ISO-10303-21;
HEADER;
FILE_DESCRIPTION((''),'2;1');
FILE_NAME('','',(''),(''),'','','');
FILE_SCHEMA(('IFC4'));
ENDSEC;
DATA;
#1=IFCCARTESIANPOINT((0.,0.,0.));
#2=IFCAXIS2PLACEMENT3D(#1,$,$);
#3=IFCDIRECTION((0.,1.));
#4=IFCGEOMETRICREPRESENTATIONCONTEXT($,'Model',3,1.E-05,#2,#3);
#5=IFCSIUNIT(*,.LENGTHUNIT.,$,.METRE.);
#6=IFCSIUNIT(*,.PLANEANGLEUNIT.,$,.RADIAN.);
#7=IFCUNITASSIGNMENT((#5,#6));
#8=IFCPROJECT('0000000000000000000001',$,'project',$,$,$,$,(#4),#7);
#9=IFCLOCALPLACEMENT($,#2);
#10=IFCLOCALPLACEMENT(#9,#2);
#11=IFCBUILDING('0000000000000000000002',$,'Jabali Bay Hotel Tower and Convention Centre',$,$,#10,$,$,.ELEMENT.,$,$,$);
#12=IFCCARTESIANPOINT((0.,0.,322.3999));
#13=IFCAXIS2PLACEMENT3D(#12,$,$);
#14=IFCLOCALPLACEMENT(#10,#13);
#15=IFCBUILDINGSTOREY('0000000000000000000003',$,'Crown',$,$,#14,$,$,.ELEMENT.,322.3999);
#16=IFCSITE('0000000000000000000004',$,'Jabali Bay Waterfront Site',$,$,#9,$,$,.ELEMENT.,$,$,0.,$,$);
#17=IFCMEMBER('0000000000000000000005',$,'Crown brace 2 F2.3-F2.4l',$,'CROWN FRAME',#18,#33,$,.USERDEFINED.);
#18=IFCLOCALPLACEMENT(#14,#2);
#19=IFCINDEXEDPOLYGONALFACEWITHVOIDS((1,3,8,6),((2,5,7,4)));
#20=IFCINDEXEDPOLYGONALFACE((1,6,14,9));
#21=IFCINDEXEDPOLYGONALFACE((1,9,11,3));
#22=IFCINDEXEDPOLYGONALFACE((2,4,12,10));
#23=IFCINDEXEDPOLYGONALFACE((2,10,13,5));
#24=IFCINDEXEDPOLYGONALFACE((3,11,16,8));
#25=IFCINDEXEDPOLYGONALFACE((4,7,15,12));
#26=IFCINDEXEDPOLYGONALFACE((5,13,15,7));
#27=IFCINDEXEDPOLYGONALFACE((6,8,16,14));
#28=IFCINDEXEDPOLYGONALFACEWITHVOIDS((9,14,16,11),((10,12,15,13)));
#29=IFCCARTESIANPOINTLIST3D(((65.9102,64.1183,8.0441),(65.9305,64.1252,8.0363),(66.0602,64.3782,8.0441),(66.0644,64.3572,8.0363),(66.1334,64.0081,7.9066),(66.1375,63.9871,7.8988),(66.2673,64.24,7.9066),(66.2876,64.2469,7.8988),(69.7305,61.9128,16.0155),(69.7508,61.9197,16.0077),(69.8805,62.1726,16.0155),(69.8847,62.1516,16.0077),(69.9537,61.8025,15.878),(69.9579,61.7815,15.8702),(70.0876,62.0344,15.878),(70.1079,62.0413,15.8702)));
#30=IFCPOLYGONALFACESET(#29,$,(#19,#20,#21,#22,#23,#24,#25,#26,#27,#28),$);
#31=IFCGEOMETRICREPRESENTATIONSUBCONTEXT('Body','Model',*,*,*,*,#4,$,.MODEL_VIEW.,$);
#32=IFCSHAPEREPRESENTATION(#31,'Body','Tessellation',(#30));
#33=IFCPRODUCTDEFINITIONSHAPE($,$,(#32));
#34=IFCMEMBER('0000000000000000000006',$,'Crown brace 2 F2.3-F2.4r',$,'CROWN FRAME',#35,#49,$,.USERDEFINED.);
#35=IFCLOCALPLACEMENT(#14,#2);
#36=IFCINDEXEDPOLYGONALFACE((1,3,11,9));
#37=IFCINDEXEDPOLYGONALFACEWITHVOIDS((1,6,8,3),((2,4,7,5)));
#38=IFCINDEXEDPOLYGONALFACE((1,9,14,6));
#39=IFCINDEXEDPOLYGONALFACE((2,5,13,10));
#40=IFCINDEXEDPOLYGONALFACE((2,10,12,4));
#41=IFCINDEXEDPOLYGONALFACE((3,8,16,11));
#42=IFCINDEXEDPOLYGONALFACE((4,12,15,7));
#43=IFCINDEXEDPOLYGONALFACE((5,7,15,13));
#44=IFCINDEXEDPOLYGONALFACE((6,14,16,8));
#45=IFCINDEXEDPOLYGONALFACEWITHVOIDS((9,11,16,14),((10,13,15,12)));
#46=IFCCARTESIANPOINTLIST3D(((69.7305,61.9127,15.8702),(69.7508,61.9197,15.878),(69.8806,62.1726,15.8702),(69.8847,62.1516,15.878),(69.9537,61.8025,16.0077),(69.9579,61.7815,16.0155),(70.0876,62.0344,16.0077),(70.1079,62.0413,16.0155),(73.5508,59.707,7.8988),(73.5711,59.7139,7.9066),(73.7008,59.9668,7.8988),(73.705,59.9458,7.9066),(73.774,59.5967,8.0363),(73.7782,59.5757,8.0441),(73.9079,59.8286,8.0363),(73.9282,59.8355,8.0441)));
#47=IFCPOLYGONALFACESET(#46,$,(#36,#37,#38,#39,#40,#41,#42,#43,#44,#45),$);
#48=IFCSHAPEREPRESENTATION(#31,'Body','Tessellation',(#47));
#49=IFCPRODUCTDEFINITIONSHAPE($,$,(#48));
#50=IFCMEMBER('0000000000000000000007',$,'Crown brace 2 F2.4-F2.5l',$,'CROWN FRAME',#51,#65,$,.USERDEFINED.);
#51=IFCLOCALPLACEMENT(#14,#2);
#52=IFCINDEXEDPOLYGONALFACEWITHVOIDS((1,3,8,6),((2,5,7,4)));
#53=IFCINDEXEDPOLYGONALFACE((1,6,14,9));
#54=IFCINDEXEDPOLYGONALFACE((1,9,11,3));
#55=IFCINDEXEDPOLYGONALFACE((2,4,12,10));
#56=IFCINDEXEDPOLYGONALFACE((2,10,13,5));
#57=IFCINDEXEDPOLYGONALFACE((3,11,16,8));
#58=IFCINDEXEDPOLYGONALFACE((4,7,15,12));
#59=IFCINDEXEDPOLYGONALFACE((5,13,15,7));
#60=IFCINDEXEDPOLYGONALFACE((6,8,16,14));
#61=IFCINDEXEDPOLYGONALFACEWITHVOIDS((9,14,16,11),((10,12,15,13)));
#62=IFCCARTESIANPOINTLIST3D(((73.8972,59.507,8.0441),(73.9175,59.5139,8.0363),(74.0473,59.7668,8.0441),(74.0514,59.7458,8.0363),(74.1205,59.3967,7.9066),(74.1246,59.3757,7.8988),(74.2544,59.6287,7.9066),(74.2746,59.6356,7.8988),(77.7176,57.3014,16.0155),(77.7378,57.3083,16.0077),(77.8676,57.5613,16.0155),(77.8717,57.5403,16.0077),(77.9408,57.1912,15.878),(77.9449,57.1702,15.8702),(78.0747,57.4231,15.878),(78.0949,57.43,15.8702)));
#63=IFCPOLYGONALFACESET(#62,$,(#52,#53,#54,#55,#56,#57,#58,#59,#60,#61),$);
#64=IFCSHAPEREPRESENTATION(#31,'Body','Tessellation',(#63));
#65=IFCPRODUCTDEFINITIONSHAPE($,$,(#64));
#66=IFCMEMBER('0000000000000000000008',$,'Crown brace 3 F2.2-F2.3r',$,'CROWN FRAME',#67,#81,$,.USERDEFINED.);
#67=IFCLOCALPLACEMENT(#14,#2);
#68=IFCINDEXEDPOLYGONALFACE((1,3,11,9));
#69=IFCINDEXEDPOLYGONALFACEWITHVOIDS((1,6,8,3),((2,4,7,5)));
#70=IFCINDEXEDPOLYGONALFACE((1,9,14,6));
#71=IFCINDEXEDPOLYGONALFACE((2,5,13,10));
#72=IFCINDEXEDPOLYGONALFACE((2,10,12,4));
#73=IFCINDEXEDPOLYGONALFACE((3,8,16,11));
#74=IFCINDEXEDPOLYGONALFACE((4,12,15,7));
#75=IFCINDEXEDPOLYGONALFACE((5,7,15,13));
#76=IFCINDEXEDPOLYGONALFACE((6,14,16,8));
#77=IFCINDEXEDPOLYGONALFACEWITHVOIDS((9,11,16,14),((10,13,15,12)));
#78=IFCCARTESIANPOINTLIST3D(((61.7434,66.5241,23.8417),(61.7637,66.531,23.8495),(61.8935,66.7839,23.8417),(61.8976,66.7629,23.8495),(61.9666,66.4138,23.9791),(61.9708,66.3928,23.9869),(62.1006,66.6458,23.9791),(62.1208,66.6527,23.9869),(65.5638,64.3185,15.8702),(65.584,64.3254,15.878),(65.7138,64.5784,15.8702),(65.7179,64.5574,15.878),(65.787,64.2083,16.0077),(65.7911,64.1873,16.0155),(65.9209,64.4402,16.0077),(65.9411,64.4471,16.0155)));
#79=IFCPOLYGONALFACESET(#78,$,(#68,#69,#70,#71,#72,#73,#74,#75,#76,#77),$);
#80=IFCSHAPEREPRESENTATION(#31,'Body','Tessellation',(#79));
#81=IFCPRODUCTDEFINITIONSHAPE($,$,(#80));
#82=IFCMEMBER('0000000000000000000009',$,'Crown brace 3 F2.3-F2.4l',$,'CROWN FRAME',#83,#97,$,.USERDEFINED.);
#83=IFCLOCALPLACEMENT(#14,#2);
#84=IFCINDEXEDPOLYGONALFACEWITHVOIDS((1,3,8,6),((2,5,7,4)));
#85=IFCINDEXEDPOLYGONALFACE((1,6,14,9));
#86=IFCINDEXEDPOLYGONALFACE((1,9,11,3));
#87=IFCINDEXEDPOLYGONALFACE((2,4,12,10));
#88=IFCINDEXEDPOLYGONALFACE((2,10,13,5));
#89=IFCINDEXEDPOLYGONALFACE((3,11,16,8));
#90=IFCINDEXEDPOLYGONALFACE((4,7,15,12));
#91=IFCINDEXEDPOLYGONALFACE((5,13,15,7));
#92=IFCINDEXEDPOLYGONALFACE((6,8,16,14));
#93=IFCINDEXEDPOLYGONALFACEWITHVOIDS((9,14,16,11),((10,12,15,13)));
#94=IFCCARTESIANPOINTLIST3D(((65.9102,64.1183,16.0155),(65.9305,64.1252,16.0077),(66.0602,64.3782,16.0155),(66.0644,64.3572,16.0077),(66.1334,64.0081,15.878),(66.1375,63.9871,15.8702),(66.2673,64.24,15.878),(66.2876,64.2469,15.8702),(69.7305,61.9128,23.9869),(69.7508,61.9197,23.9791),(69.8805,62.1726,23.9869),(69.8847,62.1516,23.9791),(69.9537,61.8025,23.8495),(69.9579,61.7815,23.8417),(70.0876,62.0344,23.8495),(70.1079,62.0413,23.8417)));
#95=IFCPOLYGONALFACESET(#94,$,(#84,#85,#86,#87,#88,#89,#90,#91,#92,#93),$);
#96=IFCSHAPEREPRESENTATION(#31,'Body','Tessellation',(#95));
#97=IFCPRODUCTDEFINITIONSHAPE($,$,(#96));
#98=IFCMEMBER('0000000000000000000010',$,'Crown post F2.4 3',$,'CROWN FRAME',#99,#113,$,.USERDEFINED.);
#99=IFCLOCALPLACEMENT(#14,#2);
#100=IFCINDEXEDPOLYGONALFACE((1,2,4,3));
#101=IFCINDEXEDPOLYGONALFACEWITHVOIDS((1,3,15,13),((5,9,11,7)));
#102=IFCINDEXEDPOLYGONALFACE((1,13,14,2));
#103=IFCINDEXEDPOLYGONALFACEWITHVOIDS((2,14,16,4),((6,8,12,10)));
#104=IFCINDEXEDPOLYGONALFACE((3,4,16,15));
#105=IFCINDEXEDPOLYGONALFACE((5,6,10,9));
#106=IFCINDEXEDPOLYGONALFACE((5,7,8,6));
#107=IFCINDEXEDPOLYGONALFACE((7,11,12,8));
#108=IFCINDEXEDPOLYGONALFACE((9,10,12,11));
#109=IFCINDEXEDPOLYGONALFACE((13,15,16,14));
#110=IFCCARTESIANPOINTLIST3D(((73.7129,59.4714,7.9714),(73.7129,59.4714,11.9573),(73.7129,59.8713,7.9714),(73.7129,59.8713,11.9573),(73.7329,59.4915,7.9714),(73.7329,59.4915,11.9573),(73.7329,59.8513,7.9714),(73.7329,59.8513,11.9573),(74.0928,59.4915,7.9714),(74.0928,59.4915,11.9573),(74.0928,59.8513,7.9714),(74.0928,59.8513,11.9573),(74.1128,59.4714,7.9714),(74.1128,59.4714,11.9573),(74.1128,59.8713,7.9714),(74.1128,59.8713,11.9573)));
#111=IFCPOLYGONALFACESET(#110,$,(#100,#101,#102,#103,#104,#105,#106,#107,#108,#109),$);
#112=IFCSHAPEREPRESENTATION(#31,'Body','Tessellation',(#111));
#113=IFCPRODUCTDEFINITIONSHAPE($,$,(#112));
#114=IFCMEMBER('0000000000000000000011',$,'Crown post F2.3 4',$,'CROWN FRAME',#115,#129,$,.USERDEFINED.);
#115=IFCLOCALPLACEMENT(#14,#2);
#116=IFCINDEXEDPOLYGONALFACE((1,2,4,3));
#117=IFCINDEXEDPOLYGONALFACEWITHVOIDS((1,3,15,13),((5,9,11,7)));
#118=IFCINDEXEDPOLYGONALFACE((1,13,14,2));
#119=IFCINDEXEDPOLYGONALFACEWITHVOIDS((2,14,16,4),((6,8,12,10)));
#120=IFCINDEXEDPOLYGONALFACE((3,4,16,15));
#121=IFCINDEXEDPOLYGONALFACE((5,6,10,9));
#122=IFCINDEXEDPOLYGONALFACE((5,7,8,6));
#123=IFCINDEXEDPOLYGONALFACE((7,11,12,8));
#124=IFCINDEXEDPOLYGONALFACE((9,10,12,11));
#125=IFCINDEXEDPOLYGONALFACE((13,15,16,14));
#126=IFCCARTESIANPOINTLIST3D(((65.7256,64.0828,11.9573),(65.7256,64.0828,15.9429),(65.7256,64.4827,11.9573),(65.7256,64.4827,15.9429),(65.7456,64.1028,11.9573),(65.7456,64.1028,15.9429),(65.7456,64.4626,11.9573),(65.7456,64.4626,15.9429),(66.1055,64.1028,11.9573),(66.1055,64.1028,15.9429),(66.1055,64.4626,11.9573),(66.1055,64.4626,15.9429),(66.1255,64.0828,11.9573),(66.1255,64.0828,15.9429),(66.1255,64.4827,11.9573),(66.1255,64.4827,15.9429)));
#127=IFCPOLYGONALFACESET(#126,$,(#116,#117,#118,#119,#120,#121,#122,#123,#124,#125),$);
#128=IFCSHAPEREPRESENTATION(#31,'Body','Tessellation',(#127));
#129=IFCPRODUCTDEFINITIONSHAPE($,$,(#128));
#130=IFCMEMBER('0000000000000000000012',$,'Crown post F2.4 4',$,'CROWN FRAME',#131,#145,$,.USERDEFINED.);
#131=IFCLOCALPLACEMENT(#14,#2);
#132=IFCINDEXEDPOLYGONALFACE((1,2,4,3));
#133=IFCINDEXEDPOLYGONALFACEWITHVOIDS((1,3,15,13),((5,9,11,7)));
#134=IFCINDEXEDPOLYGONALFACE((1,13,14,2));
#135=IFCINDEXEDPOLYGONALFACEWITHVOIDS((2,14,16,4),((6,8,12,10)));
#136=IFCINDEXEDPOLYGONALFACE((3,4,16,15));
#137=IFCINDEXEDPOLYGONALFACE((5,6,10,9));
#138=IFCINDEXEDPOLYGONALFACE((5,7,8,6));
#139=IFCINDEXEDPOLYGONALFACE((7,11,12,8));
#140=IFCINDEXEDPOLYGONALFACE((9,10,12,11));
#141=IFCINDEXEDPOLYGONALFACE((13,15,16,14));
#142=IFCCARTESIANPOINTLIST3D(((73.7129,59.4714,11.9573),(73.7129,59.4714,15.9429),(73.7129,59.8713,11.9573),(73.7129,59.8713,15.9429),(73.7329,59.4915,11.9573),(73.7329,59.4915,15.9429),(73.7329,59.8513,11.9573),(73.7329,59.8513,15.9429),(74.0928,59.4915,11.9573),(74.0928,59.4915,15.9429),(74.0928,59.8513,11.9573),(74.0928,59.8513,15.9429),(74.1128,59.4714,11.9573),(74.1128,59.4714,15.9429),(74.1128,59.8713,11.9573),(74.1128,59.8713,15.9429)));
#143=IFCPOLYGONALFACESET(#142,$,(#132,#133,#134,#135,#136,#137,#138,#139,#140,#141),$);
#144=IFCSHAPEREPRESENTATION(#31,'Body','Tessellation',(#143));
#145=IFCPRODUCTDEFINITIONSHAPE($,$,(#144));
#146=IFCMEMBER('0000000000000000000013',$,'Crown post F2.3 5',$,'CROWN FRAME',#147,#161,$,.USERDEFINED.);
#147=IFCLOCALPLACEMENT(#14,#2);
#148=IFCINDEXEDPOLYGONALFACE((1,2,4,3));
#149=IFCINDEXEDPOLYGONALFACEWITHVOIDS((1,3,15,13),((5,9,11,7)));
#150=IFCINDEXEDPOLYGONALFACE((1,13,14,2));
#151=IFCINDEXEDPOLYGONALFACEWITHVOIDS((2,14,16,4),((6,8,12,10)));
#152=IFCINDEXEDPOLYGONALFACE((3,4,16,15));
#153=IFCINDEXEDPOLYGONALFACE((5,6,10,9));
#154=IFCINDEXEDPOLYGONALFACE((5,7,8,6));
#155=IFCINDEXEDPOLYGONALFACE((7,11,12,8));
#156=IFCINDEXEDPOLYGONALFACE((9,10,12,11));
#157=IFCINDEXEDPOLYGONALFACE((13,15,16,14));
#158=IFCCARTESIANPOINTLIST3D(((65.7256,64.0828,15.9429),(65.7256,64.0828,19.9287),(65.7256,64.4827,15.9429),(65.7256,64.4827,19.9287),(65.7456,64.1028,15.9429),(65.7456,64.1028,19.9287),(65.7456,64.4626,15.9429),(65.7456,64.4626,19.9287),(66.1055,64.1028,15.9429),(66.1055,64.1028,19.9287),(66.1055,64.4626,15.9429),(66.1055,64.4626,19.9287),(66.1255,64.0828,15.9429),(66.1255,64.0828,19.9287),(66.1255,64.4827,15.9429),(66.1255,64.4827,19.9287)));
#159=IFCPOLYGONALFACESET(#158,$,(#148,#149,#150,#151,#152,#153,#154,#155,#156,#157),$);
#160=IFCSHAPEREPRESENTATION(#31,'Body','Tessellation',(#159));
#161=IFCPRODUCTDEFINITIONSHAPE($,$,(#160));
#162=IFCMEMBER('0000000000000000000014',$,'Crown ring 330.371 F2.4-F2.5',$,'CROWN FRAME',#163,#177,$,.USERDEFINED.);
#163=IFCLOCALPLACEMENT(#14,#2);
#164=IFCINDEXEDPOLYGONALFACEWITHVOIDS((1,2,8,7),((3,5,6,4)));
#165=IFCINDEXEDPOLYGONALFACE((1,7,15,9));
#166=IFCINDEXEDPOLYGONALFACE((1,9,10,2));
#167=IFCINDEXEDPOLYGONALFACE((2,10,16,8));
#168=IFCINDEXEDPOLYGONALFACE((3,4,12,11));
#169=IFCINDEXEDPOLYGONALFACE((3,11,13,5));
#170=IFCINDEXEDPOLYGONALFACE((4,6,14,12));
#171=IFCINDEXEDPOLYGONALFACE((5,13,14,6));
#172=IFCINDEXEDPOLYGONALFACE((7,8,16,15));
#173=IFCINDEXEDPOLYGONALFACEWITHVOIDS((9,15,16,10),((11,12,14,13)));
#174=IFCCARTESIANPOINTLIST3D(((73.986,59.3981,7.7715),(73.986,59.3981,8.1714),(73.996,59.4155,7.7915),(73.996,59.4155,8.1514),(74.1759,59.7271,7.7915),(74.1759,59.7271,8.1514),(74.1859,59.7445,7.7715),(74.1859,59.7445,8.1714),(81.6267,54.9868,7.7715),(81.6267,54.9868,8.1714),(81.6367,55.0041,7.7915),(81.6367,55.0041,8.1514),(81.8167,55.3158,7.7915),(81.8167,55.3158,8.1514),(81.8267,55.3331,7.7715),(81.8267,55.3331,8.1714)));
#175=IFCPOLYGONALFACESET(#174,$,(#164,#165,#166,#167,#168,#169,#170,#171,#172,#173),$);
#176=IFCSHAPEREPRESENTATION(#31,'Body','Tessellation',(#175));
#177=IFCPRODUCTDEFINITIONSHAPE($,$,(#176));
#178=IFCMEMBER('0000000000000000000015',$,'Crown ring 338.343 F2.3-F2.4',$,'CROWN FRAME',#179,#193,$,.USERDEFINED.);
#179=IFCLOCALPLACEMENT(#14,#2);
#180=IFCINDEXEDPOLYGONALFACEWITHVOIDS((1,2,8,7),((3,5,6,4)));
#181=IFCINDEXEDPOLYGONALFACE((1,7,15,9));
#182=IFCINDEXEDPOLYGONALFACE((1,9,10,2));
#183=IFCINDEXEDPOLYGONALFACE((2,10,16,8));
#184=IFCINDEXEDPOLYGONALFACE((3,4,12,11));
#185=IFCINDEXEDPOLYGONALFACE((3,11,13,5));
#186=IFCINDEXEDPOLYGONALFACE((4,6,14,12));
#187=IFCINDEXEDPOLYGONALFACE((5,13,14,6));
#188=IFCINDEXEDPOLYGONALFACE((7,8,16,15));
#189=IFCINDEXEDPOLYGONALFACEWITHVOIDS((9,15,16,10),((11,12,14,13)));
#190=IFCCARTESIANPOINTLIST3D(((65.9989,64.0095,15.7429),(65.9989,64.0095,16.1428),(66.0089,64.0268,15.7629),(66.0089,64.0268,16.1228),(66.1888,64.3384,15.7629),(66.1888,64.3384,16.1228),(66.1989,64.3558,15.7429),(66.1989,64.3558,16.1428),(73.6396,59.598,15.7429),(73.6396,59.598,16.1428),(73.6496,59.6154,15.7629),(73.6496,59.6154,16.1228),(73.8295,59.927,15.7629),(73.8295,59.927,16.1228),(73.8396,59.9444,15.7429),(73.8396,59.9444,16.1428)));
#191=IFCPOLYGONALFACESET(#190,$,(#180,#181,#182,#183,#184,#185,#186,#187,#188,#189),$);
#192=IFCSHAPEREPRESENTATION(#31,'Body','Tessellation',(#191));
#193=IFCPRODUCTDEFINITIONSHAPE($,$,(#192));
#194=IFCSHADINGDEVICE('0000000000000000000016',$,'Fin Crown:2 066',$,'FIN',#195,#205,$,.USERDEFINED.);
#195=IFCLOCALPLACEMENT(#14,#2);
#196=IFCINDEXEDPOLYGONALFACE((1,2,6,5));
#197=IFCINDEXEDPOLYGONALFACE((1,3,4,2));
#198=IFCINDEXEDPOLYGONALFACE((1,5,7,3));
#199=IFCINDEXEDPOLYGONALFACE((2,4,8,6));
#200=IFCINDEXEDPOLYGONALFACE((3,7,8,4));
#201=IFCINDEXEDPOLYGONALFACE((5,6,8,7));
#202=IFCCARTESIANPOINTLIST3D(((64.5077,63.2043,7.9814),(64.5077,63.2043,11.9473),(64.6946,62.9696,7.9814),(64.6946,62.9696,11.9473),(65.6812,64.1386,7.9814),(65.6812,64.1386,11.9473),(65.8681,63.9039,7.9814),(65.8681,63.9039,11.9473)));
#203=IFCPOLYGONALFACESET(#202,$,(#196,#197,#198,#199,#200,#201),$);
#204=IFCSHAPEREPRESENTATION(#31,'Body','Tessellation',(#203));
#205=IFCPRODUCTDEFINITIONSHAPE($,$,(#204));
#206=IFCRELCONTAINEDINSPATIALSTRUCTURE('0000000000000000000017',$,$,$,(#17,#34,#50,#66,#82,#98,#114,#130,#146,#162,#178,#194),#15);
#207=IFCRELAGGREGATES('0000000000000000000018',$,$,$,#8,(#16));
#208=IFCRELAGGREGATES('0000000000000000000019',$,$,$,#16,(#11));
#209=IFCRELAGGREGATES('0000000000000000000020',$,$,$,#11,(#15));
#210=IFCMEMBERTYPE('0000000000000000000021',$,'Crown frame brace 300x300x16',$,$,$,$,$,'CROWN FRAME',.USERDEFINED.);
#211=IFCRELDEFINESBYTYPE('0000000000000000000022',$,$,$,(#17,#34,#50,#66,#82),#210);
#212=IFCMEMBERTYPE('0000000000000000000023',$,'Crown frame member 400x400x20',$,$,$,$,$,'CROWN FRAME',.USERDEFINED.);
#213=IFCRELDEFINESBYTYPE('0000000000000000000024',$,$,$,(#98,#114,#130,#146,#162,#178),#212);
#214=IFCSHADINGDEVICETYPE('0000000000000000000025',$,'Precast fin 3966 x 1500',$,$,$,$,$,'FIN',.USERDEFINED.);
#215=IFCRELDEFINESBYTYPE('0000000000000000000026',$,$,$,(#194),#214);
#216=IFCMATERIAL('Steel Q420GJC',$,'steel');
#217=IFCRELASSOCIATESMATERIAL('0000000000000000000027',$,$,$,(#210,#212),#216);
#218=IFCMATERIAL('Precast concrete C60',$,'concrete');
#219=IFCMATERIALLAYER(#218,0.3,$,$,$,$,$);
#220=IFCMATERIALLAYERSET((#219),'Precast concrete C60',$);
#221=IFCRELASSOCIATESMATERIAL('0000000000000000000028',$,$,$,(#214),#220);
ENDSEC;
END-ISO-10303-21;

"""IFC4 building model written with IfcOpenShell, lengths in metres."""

from ifc_helpers import new_model, si_unit, direction, frame, frame_2d, origin, origin_2d, place, context, subcontext, project, spatial, rectangle, hollow_rectangle, extrude, material, layer, layer_set, material_profile, profile_set, type_object, element, save


model = new_model("IFC4")

# Units and contexts
model_context = context("Model", 3, precision=1e-05, world=origin(), true_north=direction((0.0, 1.0)))
body_context = subcontext(model_context, "Body", "Model", "MODEL_VIEW")
ifc_project = project(units=[si_unit("LENGTHUNIT", "METRE"), si_unit("PLANEANGLEUNIT", "RADIAN")], contexts=[model_context])

# Site, building, storey
site_placement = place(None, origin())
site = spatial("IfcSite", under=ifc_project, at=site_placement, Name="Jabali Bay Waterfront Site", CompositionType="ELEMENT", RefElevation=0.0)
building_placement = place(site_placement, origin())
building = spatial("IfcBuilding", under=site, at=building_placement, Name="Jabali Bay Hotel Tower and Convention Centre", CompositionType="ELEMENT")
storey_placement = place(building_placement, frame((0.0, 0.0, 322.3999)))
storey = spatial("IfcBuildingStorey", under=building, at=storey_placement, Name="Crown", CompositionType="ELEMENT", Elevation=322.3999)

# Members
ifc_material_1 = material(Name="Steel Q420GJC", Category="steel")
ifc_material_profile_1 = material_profile(ifc_material_1, hollow_rectangle(XDim=0.3, YDim=0.3, WallThickness=0.0161, at=origin_2d()), Name="Crown frame brace 300x300x16")
ifc_profile_set_1 = profile_set([ifc_material_profile_1], Name="Steel Q420GJC")
member_type_1 = type_object("IfcMemberType", Name="Crown frame brace 300x300x16", ElementType="CROWN FRAME", PredefinedType="USERDEFINED", material=ifc_profile_set_1)
for number, where, z_axis, x_axis, name in (
    (1, (66.0989, 64.1826, 7.9714), (0.419326, -0.242088, 0.874962), (0.499984, 0.866034, 0.0), "Crown brace 2 F2.3-F2.4l"),
    (2, (73.7395, 59.7712, 7.9714), (-0.419323, 0.242113, 0.874957), (-0.500026, -0.86601, 0.0), "Crown brace 2 F2.3-F2.4r"),
    (3, (74.0859, 59.5713, 7.9714), (0.419326, -0.242088, 0.874962), (0.499984, 0.866034, 0.0), "Crown brace 2 F2.4-F2.5l"),
    (4, (65.7524, 64.3828, 15.9429), (-0.419326, 0.242088, 0.874962), (-0.499984, -0.866034, 0.0), "Crown brace 3 F2.2-F2.3r"),
    (5, (66.0989, 64.1826, 15.9429), (0.419326, -0.242088, 0.874962), (0.499984, 0.866034, 0.0), "Crown brace 3 F2.3-F2.4l"),
):
    element("IfcMember", number, at=place(storey_placement, frame(where, z_axis=z_axis, x_axis=x_axis)), inside=storey, type_object=member_type_1, Name=name, ObjectType="CROWN FRAME", PredefinedType="USERDEFINED", context=body_context, shape_type="SweptSolid", body=[
        extrude(hollow_rectangle(XDim=0.3, YDim=0.3, WallThickness=0.0161, at=origin_2d()), origin(), (0.0, 0.0, 1.0), 9.1106),
    ])
ifc_material_profile_2 = material_profile(ifc_material_1, hollow_rectangle(XDim=0.3999, YDim=0.3999, WallThickness=0.02, at=origin_2d()), Name="Crown frame member 400x400x20")
ifc_profile_set_2 = profile_set([ifc_material_profile_2], Name="Steel Q420GJC")
member_type_2 = type_object("IfcMemberType", Name="Crown frame member 400x400x20", ElementType="CROWN FRAME", PredefinedType="USERDEFINED", material=ifc_profile_set_2)
member_1_placement = place(storey_placement, frame((73.9128, 59.6714, 7.9714), z_axis=(0.0, 0.0, 1.0), x_axis=(1.0, 0.0, 0.0)))
element("IfcMember", 6, at=member_1_placement, inside=storey, type_object=member_type_2, Name="Crown post F2.4 3", ObjectType="CROWN FRAME", PredefinedType="USERDEFINED", context=body_context, shape_type="SweptSolid", body=[
    extrude(hollow_rectangle(XDim=0.3999, YDim=0.3999, WallThickness=0.02, at=origin_2d()), origin(), (0.0, 0.0, 1.0), 3.9858),
])
for number, where, z_axis, x_axis, name in (
    (7, (65.9255, 64.2827, 11.9573), (0.0, 0.0, 1.0), (1.0, 0.0, 0.0), "Crown post F2.3 4"),
    (8, (73.9128, 59.6714, 11.9573), (0.0, 0.0, 1.0), (1.0, 0.0, 0.0), "Crown post F2.4 4"),
):
    element("IfcMember", number, at=place(storey_placement, frame(where, z_axis=z_axis, x_axis=x_axis)), inside=storey, type_object=member_type_2, Name=name, ObjectType="CROWN FRAME", PredefinedType="USERDEFINED", context=body_context, shape_type="SweptSolid", body=[
        extrude(hollow_rectangle(XDim=0.3999, YDim=0.3999, WallThickness=0.02, at=origin_2d()), origin(), (0.0, 0.0, 1.0), 3.9856),
    ])
member_2_placement = place(storey_placement, frame((65.9255, 64.2827, 15.9429), z_axis=(0.0, 0.0, 1.0), x_axis=(1.0, 0.0, 0.0)))
element("IfcMember", 9, at=member_2_placement, inside=storey, type_object=member_type_2, Name="Crown post F2.3 5", ObjectType="CROWN FRAME", PredefinedType="USERDEFINED", context=body_context, shape_type="SweptSolid", body=[
    extrude(hollow_rectangle(XDim=0.3999, YDim=0.3999, WallThickness=0.02, at=origin_2d()), origin(), (0.0, 0.0, 1.0), 3.9858),
])
for number, where, z_axis, x_axis, name in (
    (10, (74.0859, 59.5713, 7.9714), (0.866029, -0.499993, 0.0), (0.499993, 0.866029, 0.0), "Crown ring 330.371 F2.4-F2.5"),
    (11, (66.0989, 64.1826, 15.9429), (0.866022, -0.500005, 0.0), (0.500005, 0.866022, 0.0), "Crown ring 338.343 F2.3-F2.4"),
):
    element("IfcMember", number, at=place(storey_placement, frame(where, z_axis=z_axis, x_axis=x_axis)), inside=storey, type_object=member_type_2, Name=name, ObjectType="CROWN FRAME", PredefinedType="USERDEFINED", context=body_context, shape_type="SweptSolid", body=[
        extrude(hollow_rectangle(XDim=0.3999, YDim=0.3999, WallThickness=0.02, at=origin_2d()), origin(), (0.0, 0.0, 1.0), 8.8228),
    ])

# Shading device
ifc_material_2 = material(Name="Precast concrete C60", Category="concrete")
ifc_layer = layer(ifc_material_2, 0.3)
ifc_layer_set = layer_set([ifc_layer], Name="Precast concrete C60")
shading_device_type = type_object("IfcShadingDeviceType", Name="Precast fin 3966 x 1500", ElementType="FIN", PredefinedType="USERDEFINED", material=ifc_layer_set)
for number, where, z_axis, x_axis, name in (
    (12, (65.7747, 64.0212, 7.9814), (0.0, 0.0, 1.0), (-0.782343, -0.622847, 0.0), "Fin Crown:2 066"),
):
    element("IfcShadingDevice", number, at=place(storey_placement, frame(where, z_axis=z_axis, x_axis=x_axis)), inside=storey, type_object=shading_device_type, Name=name, ObjectType="FIN", PredefinedType="USERDEFINED", context=body_context, shape_type="SweptSolid", body=[
        extrude(rectangle(XDim=1.5, YDim=0.3, at=frame_2d((0.75, 0.0))), origin(), (0.0, 0.0, 1.0), 3.9658),
    ])

save(model, "model.ifc")
